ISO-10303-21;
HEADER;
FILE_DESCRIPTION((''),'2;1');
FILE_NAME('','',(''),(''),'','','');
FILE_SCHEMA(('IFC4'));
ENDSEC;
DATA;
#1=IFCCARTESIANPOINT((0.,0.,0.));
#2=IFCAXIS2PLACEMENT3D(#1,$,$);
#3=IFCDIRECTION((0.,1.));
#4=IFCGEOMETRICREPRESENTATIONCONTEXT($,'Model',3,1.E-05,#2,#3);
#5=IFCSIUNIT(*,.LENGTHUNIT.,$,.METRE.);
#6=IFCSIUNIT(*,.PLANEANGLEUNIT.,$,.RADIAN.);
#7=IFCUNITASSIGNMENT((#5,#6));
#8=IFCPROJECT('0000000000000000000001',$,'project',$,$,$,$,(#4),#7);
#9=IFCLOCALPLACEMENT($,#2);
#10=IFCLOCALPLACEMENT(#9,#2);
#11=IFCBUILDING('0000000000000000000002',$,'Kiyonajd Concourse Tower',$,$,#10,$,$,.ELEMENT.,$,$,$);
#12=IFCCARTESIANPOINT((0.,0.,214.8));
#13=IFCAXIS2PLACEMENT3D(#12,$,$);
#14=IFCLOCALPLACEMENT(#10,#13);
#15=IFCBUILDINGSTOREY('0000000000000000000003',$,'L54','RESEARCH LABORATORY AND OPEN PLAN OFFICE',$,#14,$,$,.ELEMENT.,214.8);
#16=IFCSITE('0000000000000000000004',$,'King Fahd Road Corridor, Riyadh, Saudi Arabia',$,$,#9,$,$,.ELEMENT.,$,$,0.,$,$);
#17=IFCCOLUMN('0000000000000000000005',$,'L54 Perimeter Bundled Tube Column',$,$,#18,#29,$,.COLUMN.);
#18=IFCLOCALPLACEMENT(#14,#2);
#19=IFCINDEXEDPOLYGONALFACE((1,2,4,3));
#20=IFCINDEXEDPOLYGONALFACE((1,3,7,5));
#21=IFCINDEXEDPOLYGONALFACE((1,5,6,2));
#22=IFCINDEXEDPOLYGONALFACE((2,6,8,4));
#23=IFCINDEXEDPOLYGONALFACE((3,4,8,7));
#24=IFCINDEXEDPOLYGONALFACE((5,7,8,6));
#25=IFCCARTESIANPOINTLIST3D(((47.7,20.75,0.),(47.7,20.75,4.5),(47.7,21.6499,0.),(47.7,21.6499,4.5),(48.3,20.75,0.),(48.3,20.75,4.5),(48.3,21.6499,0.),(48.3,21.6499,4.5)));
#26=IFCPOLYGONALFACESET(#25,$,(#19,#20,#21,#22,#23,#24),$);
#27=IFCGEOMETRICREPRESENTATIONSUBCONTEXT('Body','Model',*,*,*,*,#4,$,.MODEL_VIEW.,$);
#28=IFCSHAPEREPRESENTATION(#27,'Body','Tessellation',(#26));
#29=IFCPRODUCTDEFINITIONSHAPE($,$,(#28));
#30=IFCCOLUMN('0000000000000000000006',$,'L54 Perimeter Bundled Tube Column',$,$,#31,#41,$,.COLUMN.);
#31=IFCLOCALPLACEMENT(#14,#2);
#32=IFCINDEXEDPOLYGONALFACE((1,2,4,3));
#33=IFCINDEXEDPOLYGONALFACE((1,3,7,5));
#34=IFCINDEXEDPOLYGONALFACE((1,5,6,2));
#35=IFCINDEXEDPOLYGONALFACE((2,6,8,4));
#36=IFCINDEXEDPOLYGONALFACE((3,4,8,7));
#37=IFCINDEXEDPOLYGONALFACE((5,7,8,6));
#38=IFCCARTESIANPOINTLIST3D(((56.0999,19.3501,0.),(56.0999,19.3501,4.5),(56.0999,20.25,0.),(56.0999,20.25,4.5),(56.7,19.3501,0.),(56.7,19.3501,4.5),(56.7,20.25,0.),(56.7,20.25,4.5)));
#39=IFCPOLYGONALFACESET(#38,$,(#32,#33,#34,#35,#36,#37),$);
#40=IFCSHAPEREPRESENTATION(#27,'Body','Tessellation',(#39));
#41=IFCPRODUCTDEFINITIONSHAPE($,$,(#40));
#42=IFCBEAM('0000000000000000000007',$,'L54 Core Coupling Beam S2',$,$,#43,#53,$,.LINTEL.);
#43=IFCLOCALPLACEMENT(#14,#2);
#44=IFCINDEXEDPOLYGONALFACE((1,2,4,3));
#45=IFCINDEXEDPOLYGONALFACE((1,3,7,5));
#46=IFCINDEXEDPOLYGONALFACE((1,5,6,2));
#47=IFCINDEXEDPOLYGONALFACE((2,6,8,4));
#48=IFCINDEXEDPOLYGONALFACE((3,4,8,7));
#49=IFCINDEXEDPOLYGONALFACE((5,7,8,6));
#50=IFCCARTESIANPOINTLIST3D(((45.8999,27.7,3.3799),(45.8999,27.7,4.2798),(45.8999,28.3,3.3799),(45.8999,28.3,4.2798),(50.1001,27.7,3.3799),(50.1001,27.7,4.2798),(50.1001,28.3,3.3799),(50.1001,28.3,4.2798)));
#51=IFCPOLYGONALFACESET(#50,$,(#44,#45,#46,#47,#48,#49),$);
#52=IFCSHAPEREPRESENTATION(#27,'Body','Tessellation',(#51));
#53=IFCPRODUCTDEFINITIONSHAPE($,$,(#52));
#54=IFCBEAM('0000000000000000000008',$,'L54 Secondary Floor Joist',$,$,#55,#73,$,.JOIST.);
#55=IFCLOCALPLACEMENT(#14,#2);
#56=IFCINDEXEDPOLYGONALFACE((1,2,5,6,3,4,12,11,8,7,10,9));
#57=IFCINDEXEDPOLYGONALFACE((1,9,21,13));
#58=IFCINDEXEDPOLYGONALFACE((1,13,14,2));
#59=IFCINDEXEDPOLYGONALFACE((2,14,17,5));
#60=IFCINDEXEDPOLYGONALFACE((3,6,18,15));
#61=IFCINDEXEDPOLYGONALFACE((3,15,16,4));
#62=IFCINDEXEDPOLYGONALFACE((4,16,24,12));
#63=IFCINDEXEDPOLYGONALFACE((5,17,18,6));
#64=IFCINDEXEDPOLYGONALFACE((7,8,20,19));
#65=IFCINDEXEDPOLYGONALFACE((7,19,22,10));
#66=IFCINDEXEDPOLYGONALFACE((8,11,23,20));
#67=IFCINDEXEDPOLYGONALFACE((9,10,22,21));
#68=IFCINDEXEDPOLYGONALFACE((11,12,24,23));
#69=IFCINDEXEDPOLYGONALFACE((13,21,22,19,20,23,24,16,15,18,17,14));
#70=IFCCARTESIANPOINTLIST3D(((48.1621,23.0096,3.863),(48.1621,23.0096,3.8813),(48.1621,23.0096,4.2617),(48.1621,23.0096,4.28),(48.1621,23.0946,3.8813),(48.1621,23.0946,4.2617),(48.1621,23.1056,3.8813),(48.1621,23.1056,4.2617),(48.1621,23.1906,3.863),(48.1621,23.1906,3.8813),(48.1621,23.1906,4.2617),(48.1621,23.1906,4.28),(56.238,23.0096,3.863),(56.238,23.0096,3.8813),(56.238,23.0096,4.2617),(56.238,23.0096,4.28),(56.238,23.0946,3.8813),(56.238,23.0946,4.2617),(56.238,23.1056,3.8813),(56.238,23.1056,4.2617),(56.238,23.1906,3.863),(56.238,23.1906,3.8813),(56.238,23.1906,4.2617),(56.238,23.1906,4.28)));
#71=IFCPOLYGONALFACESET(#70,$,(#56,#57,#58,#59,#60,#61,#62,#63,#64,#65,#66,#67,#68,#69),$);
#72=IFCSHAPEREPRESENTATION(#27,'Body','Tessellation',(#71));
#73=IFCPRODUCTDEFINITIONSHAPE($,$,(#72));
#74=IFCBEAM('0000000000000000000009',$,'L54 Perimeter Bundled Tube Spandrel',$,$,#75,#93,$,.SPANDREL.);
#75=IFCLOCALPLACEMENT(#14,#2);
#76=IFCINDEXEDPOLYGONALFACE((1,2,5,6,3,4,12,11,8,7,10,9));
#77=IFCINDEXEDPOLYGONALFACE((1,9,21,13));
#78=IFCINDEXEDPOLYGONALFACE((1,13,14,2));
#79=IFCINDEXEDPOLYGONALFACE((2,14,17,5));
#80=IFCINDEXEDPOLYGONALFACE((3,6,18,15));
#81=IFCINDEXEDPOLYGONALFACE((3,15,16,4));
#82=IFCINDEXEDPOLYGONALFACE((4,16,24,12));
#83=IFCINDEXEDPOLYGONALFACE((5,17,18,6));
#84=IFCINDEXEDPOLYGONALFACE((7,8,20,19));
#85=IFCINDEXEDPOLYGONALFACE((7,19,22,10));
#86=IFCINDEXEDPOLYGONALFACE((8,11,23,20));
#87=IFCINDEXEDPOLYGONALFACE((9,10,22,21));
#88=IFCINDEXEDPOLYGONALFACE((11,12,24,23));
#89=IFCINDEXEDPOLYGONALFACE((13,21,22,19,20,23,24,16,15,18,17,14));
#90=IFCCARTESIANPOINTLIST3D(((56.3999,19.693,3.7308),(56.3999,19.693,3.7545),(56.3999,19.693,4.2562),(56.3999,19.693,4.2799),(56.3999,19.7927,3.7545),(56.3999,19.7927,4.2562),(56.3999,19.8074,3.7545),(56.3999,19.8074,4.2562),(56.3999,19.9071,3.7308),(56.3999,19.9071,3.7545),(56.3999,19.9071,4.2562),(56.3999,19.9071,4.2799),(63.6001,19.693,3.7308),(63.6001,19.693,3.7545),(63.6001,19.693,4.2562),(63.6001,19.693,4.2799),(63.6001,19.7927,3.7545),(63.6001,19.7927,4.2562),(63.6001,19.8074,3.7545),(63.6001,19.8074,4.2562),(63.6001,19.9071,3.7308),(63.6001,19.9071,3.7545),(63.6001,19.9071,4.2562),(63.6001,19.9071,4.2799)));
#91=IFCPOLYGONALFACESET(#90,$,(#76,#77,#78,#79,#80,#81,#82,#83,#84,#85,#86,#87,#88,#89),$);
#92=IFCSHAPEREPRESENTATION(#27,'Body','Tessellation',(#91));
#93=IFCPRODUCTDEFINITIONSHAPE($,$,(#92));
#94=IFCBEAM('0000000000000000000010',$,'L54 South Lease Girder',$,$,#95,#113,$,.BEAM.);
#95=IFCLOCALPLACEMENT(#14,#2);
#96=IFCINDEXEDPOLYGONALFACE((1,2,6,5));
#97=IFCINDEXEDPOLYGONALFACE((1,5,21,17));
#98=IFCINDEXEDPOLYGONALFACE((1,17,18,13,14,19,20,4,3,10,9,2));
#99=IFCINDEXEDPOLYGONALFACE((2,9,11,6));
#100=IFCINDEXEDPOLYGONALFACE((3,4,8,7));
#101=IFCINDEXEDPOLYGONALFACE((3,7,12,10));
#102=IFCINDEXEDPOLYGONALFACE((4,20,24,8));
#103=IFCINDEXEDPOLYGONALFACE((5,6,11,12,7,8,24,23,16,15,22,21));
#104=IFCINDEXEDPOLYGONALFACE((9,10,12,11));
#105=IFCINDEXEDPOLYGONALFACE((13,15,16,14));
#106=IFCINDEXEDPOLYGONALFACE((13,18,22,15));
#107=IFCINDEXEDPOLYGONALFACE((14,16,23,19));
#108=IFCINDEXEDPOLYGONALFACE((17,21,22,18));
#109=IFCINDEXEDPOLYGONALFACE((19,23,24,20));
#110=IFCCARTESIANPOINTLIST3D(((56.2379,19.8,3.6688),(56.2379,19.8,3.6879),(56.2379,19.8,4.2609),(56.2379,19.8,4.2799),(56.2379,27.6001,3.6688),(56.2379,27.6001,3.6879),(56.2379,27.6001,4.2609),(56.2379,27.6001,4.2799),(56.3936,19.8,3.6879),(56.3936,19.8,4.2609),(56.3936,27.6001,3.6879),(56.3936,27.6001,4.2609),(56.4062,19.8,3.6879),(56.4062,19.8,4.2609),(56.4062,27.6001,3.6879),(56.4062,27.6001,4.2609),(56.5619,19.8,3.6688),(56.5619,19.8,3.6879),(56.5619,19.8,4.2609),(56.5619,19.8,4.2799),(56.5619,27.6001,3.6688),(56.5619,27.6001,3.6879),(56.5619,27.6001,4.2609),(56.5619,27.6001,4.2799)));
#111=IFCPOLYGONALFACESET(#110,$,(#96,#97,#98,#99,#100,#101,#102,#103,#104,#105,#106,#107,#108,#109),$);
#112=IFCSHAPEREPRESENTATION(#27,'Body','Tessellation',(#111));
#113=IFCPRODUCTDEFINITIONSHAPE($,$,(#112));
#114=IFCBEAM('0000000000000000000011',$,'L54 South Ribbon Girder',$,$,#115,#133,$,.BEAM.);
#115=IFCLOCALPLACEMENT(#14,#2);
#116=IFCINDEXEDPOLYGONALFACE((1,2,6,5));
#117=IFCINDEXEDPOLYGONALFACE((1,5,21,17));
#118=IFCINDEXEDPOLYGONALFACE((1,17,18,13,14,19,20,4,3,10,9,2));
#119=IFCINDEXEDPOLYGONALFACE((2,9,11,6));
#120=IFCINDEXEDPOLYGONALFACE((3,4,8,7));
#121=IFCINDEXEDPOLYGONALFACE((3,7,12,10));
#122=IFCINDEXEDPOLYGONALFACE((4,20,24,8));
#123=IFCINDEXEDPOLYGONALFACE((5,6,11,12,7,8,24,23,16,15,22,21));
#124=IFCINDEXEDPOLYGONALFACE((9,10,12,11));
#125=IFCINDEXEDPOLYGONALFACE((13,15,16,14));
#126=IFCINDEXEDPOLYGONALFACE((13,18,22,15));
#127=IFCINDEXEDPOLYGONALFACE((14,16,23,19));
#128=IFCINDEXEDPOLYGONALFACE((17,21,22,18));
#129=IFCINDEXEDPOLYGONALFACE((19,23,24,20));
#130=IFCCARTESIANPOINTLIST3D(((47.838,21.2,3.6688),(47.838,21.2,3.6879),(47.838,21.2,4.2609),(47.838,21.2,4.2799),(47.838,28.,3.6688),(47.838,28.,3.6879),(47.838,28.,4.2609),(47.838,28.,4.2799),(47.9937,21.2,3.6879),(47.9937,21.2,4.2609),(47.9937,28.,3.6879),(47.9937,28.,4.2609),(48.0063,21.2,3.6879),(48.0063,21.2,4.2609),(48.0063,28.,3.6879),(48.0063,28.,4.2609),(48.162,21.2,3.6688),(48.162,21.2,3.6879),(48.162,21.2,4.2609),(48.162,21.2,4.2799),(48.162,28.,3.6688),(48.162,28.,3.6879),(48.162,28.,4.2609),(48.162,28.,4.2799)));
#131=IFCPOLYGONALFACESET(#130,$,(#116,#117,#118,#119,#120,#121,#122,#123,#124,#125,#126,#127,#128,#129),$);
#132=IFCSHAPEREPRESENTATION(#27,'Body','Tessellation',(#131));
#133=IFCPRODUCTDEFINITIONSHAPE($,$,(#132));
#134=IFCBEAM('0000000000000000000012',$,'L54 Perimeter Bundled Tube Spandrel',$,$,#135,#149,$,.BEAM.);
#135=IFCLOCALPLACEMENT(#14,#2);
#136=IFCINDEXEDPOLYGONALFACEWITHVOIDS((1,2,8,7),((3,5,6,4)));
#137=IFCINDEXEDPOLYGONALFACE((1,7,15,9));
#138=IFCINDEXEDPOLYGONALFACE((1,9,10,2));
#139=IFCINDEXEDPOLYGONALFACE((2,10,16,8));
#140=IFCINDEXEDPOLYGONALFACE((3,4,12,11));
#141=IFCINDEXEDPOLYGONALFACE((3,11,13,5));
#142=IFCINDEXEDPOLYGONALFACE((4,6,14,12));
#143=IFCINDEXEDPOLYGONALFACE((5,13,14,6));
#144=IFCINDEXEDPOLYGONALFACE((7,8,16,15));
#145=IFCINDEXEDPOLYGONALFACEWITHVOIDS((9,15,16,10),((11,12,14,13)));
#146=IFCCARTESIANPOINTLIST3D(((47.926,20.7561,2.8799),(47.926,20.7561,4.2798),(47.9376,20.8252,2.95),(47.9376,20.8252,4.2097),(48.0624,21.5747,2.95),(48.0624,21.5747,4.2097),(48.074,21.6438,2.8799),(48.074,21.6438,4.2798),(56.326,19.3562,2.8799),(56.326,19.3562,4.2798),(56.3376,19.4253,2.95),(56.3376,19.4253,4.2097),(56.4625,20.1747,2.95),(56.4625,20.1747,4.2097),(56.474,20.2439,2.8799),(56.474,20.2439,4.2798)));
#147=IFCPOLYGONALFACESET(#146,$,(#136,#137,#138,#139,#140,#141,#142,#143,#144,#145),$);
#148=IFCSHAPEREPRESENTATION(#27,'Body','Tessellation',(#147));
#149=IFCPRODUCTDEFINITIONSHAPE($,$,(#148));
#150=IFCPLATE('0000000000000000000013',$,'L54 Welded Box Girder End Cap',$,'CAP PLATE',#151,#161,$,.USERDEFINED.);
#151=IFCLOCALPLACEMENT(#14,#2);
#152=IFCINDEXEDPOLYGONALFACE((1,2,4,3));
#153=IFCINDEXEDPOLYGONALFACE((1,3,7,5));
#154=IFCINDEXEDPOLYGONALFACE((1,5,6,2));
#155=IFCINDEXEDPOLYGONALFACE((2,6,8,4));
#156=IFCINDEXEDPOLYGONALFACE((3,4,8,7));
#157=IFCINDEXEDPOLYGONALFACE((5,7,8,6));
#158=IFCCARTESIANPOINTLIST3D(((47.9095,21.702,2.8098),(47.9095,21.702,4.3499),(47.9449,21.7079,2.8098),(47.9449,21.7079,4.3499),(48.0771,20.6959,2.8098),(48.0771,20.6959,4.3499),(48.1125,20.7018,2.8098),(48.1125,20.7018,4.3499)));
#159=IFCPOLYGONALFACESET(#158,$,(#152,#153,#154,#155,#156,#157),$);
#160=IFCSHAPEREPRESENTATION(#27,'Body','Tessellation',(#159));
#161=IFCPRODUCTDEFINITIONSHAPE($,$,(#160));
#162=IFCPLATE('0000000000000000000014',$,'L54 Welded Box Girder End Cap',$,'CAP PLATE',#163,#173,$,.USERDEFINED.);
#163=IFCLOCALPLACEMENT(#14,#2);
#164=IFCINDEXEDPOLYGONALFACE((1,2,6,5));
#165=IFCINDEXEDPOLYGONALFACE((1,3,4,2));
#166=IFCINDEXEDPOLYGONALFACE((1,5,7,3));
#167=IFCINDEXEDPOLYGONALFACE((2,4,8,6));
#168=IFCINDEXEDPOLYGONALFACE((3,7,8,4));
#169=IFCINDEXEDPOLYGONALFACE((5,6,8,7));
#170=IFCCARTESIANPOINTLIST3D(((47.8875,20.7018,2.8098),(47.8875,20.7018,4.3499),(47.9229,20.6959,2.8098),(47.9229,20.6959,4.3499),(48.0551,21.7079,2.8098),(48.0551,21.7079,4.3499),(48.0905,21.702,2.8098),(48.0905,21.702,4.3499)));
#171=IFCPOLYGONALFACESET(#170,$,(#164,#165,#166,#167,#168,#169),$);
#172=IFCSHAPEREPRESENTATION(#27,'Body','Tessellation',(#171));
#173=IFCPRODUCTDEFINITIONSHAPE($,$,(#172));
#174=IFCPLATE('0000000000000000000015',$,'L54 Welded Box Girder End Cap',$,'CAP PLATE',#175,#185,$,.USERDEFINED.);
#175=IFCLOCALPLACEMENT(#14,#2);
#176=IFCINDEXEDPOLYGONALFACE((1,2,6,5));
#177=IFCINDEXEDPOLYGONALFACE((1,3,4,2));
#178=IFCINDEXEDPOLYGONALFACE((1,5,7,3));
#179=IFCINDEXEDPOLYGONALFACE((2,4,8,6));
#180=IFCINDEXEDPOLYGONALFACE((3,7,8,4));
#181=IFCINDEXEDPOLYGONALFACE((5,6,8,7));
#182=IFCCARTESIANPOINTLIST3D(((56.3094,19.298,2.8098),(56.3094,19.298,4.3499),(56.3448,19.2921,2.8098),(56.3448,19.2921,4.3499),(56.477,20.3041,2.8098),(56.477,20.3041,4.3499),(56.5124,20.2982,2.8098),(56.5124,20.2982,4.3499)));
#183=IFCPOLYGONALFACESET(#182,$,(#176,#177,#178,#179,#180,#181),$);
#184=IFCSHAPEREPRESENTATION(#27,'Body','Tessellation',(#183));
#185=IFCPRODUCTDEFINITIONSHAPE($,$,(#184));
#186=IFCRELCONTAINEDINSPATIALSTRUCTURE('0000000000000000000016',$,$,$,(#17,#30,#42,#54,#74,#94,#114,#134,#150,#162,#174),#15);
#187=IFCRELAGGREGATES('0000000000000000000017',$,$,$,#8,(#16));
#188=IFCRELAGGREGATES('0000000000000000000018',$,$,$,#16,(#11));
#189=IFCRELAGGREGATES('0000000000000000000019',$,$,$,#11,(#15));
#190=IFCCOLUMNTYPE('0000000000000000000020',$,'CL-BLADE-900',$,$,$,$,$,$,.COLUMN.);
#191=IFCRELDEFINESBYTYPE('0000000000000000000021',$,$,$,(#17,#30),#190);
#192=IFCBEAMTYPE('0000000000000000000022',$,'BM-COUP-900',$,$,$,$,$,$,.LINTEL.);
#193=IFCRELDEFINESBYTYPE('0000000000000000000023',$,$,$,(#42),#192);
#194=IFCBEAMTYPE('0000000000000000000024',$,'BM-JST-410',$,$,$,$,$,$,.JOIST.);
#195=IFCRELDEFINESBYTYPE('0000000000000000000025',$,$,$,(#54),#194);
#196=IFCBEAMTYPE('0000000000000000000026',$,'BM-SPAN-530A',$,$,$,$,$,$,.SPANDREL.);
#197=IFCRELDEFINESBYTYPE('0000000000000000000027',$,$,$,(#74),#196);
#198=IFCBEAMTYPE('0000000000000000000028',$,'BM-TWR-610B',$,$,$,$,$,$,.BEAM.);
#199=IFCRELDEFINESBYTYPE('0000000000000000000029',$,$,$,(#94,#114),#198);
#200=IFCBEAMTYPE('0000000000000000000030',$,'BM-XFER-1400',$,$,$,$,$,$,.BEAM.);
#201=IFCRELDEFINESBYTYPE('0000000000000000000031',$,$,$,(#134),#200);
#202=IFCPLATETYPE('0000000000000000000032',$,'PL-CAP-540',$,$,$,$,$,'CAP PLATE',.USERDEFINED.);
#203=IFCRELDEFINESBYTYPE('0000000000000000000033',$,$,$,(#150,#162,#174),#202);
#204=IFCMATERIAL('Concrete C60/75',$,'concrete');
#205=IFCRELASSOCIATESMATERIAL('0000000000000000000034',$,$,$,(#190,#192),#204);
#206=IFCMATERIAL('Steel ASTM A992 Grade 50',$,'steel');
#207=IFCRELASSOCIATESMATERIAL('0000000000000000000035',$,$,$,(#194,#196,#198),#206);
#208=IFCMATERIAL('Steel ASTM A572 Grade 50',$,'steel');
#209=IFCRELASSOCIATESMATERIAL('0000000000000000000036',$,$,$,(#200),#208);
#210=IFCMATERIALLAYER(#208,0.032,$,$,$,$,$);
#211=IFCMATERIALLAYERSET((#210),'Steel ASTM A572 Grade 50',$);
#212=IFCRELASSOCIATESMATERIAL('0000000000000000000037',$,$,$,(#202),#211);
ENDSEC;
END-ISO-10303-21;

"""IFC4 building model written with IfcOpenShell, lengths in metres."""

from ifc_helpers import new_model, si_unit, direction, frame, origin, origin_2d, place, context, subcontext, project, spatial, rectangle, hollow_rectangle, i_section, extrude, material, layer, layer_set, material_profile, profile_set, type_object, element, save


model = new_model("IFC4")

# Units and contexts
model_context = context("Model", 3, precision=1e-05, world=origin(), true_north=direction((0.0, 1.0)))
body_context = subcontext(model_context, "Body", "Model", "MODEL_VIEW")
ifc_project = project(units=[si_unit("LENGTHUNIT", "METRE"), si_unit("PLANEANGLEUNIT", "RADIAN")], contexts=[model_context])

# Site, building, storey
site_placement = place(None, origin())
site = spatial("IfcSite", under=ifc_project, at=site_placement, Name="King Fahd Road Corridor, Riyadh, Saudi Arabia", CompositionType="ELEMENT", RefElevation=0.0)
building_placement = place(site_placement, origin())
building = spatial("IfcBuilding", under=site, at=building_placement, Name="Kiyonajd Concourse Tower", CompositionType="ELEMENT")
storey_placement = place(building_placement, frame((0.0, 0.0, 214.8)))
storey = spatial("IfcBuildingStorey", under=building, at=storey_placement, Name="L54", Description="RESEARCH LABORATORY AND OPEN PLAN OFFICE", CompositionType="ELEMENT", Elevation=214.8)

# Columns
ifc_material_1 = material(Name="Concrete C60/75", Category="concrete")
ifc_material_profile_1 = material_profile(ifc_material_1, rectangle(XDim=0.6001, YDim=0.8999, at=origin_2d()), Name="RC-900x600")
ifc_profile_set_1 = profile_set([ifc_material_profile_1], Name="Concrete C60/75")
column_type = type_object("IfcColumnType", Name="CL-BLADE-900", PredefinedType="COLUMN", material=ifc_profile_set_1)
for number, where, z_axis, x_axis, name in (
    (1, (48.0, 21.2, 0.0), (0.0, 0.0, 1.0), (1.0, 0.0, 0.0), "L54 Perimeter Bundled Tube Column"),
    (2, (56.3999, 19.8, 0.0), (0.0, 0.0, 1.0), (1.0, 0.0, 0.0), "L54 Perimeter Bundled Tube Column"),
):
    element("IfcColumn", number, at=place(storey_placement, frame(where, z_axis=z_axis, x_axis=x_axis)), inside=storey, type_object=column_type, Name=name, PredefinedType="COLUMN", context=body_context, shape_type="SweptSolid", body=[
        extrude(rectangle(XDim=0.6001, YDim=0.8999, at=origin_2d()), origin(), (0.0, 0.0, 1.0), 4.5),
    ])

# Beams
ifc_material_profile_2 = material_profile(ifc_material_1, rectangle(XDim=0.6001, YDim=0.8999, at=origin_2d()), Name="RCBM-600x900")
ifc_profile_set_2 = profile_set([ifc_material_profile_2], Name="Concrete C60/75")
beam_type_1 = type_object("IfcBeamType", Name="BM-COUP-900", PredefinedType="LINTEL", material=ifc_profile_set_2)
beam_1_placement = place(storey_placement, frame((45.8999, 28.0, 3.8298), z_axis=(1.0, 0.0, 0.0), x_axis=(0.0, 1.0, 0.0)))
element("IfcBeam", 3, at=beam_1_placement, inside=storey, type_object=beam_type_1, Name="L54 Core Coupling Beam S2", PredefinedType="LINTEL", context=body_context, shape_type="SweptSolid", body=[
    extrude(rectangle(XDim=0.6001, YDim=0.8999, at=origin_2d()), origin(), (0.0, 0.0, 1.0), 4.2002),
])
ifc_material_2 = material(Name="Steel ASTM A992 Grade 50", Category="steel")
ifc_material_profile_3 = material_profile(ifc_material_2, i_section(OverallWidth=0.1809, OverallDepth=0.417, WebThickness=0.011, FlangeThickness=0.0183, at=origin_2d()), Name="W410X85")
ifc_profile_set_3 = profile_set([ifc_material_profile_3], Name="Steel ASTM A992 Grade 50")
beam_type_2 = type_object("IfcBeamType", Name="BM-JST-410", PredefinedType="JOIST", material=ifc_profile_set_3)
beam_2_placement = place(storey_placement, frame((48.1621, 23.1001, 4.0715), z_axis=(1.0, 0.0, 0.0), x_axis=(0.0, 1.0, 0.0)))
element("IfcBeam", 4, at=beam_2_placement, inside=storey, type_object=beam_type_2, Name="L54 Secondary Floor Joist", PredefinedType="JOIST", context=body_context, shape_type="SweptSolid", body=[
    extrude(i_section(OverallWidth=0.1809, OverallDepth=0.417, WebThickness=0.011, FlangeThickness=0.0183, at=origin_2d()), origin(), (0.0, 0.0, 1.0), 8.0759),
])
ifc_material_profile_4 = material_profile(ifc_material_2, i_section(OverallWidth=0.2141, OverallDepth=0.5491, WebThickness=0.0146, FlangeThickness=0.0237, at=origin_2d()), Name="W530X138")
ifc_profile_set_4 = profile_set([ifc_material_profile_4], Name="Steel ASTM A992 Grade 50")
beam_type_3 = type_object("IfcBeamType", Name="BM-SPAN-530A", PredefinedType="SPANDREL", material=ifc_profile_set_4)
beam_3_placement = place(storey_placement, frame((56.3999, 19.8, 4.0054), z_axis=(1.0, 0.0, 0.0), x_axis=(0.0, 1.0, 0.0)))
element("IfcBeam", 5, at=beam_3_placement, inside=storey, type_object=beam_type_3, Name="L54 Perimeter Bundled Tube Spandrel", PredefinedType="SPANDREL", context=body_context, shape_type="SweptSolid", body=[
    extrude(i_section(OverallWidth=0.2141, OverallDepth=0.5491, WebThickness=0.0146, FlangeThickness=0.0237, at=origin_2d()), origin(), (0.0, 0.0, 1.0), 7.2002),
])
ifc_material_profile_5 = material_profile(ifc_material_2, i_section(OverallWidth=0.324, OverallDepth=0.6111, WebThickness=0.0127, FlangeThickness=0.019, at=origin_2d()), Name="W610X155")
ifc_profile_set_5 = profile_set([ifc_material_profile_5], Name="Steel ASTM A992 Grade 50")
beam_type_4 = type_object("IfcBeamType", Name="BM-TWR-610B", PredefinedType="BEAM", material=ifc_profile_set_5)
beam_4_placement = place(storey_placement, frame((56.3999, 19.8, 3.9744), z_axis=(0.0, 1.0, 0.0), x_axis=(-1.0, 0.0, 0.0)))
element("IfcBeam", 6, at=beam_4_placement, inside=storey, type_object=beam_type_4, Name="L54 South Lease Girder", PredefinedType="BEAM", context=body_context, shape_type="SweptSolid", body=[
    extrude(i_section(OverallWidth=0.324, OverallDepth=0.6111, WebThickness=0.0127, FlangeThickness=0.019, at=origin_2d()), origin(), (0.0, 0.0, 1.0), 7.8),
])
beam_5_placement = place(storey_placement, frame((48.0, 21.2, 3.9744), z_axis=(0.0, 1.0, 0.0), x_axis=(-1.0, 0.0, 0.0)))
element("IfcBeam", 7, at=beam_5_placement, inside=storey, type_object=beam_type_4, Name="L54 South Ribbon Girder", PredefinedType="BEAM", context=body_context, shape_type="SweptSolid", body=[
    extrude(i_section(OverallWidth=0.324, OverallDepth=0.6111, WebThickness=0.0127, FlangeThickness=0.019, at=origin_2d()), origin(), (0.0, 0.0, 1.0), 6.8),
])
ifc_material_3 = material(Name="Steel ASTM A572 Grade 50", Category="steel")
ifc_material_profile_6 = material_profile(ifc_material_3, hollow_rectangle(XDim=0.8999, YDim=1.3999, WallThickness=0.0701, at=origin_2d()), Name="BOX-1400x900x70")
ifc_profile_set_6 = profile_set([ifc_material_profile_6], Name="Steel ASTM A572 Grade 50")
beam_type_5 = type_object("IfcBeamType", Name="BM-XFER-1400", PredefinedType="BEAM", material=ifc_profile_set_6)
beam_6_placement = place(storey_placement, frame((48.0, 21.2, 3.5798), z_axis=(0.986395, -0.16439, 0.0), x_axis=(0.16439, 0.986395, 0.0)))
element("IfcBeam", 8, at=beam_6_placement, inside=storey, type_object=beam_type_5, Name="L54 Perimeter Bundled Tube Spandrel", PredefinedType="BEAM", context=body_context, shape_type="SweptSolid", body=[
    extrude(hollow_rectangle(XDim=0.8999, YDim=1.3999, WallThickness=0.0701, at=origin_2d()), origin(), (0.0, 0.0, 1.0), 8.5159),
])

# Plates
ifc_layer_1 = layer(ifc_material_3, 0.032)
ifc_layer_set_1 = layer_set([ifc_layer_1], Name="Steel ASTM A572 Grade 50")
plate_type_1 = type_object("IfcPlateType", Name="PL-CAP-540", ElementType="CAP PLATE", PredefinedType="USERDEFINED", material=ifc_layer_set_1)
for number, where, z_axis, x_axis, name in (
    (9, (48.011, 21.2019, 2.8098), (0.0, 0.0, 1.0), (0.986401, 0.164359, 0.0), "L54 Welded Box Girder End Cap"),
    (10, (47.989, 21.2019, 2.8098), (0.0, 0.0, 1.0), (-0.986401, 0.164359, 0.0), "L54 Welded Box Girder End Cap"),
    (11, (56.4109, 19.7981, 2.8098), (0.0, 0.0, 1.0), (0.986401, -0.164359, 0.0), "L54 Welded Box Girder End Cap"),
):
    element("IfcPlate", number, at=place(storey_placement, frame(where, z_axis=z_axis, x_axis=x_axis)), inside=storey, type_object=plate_type_1, Name=name, ObjectType="CAP PLATE", PredefinedType="USERDEFINED", context=body_context, shape_type="SweptSolid", body=[
        extrude(rectangle(XDim=0.0359, YDim=1.02, at=origin_2d()), origin(), (0.0, 0.0, 1.0), 1.54),
    ])

save(model, "model.ifc")
